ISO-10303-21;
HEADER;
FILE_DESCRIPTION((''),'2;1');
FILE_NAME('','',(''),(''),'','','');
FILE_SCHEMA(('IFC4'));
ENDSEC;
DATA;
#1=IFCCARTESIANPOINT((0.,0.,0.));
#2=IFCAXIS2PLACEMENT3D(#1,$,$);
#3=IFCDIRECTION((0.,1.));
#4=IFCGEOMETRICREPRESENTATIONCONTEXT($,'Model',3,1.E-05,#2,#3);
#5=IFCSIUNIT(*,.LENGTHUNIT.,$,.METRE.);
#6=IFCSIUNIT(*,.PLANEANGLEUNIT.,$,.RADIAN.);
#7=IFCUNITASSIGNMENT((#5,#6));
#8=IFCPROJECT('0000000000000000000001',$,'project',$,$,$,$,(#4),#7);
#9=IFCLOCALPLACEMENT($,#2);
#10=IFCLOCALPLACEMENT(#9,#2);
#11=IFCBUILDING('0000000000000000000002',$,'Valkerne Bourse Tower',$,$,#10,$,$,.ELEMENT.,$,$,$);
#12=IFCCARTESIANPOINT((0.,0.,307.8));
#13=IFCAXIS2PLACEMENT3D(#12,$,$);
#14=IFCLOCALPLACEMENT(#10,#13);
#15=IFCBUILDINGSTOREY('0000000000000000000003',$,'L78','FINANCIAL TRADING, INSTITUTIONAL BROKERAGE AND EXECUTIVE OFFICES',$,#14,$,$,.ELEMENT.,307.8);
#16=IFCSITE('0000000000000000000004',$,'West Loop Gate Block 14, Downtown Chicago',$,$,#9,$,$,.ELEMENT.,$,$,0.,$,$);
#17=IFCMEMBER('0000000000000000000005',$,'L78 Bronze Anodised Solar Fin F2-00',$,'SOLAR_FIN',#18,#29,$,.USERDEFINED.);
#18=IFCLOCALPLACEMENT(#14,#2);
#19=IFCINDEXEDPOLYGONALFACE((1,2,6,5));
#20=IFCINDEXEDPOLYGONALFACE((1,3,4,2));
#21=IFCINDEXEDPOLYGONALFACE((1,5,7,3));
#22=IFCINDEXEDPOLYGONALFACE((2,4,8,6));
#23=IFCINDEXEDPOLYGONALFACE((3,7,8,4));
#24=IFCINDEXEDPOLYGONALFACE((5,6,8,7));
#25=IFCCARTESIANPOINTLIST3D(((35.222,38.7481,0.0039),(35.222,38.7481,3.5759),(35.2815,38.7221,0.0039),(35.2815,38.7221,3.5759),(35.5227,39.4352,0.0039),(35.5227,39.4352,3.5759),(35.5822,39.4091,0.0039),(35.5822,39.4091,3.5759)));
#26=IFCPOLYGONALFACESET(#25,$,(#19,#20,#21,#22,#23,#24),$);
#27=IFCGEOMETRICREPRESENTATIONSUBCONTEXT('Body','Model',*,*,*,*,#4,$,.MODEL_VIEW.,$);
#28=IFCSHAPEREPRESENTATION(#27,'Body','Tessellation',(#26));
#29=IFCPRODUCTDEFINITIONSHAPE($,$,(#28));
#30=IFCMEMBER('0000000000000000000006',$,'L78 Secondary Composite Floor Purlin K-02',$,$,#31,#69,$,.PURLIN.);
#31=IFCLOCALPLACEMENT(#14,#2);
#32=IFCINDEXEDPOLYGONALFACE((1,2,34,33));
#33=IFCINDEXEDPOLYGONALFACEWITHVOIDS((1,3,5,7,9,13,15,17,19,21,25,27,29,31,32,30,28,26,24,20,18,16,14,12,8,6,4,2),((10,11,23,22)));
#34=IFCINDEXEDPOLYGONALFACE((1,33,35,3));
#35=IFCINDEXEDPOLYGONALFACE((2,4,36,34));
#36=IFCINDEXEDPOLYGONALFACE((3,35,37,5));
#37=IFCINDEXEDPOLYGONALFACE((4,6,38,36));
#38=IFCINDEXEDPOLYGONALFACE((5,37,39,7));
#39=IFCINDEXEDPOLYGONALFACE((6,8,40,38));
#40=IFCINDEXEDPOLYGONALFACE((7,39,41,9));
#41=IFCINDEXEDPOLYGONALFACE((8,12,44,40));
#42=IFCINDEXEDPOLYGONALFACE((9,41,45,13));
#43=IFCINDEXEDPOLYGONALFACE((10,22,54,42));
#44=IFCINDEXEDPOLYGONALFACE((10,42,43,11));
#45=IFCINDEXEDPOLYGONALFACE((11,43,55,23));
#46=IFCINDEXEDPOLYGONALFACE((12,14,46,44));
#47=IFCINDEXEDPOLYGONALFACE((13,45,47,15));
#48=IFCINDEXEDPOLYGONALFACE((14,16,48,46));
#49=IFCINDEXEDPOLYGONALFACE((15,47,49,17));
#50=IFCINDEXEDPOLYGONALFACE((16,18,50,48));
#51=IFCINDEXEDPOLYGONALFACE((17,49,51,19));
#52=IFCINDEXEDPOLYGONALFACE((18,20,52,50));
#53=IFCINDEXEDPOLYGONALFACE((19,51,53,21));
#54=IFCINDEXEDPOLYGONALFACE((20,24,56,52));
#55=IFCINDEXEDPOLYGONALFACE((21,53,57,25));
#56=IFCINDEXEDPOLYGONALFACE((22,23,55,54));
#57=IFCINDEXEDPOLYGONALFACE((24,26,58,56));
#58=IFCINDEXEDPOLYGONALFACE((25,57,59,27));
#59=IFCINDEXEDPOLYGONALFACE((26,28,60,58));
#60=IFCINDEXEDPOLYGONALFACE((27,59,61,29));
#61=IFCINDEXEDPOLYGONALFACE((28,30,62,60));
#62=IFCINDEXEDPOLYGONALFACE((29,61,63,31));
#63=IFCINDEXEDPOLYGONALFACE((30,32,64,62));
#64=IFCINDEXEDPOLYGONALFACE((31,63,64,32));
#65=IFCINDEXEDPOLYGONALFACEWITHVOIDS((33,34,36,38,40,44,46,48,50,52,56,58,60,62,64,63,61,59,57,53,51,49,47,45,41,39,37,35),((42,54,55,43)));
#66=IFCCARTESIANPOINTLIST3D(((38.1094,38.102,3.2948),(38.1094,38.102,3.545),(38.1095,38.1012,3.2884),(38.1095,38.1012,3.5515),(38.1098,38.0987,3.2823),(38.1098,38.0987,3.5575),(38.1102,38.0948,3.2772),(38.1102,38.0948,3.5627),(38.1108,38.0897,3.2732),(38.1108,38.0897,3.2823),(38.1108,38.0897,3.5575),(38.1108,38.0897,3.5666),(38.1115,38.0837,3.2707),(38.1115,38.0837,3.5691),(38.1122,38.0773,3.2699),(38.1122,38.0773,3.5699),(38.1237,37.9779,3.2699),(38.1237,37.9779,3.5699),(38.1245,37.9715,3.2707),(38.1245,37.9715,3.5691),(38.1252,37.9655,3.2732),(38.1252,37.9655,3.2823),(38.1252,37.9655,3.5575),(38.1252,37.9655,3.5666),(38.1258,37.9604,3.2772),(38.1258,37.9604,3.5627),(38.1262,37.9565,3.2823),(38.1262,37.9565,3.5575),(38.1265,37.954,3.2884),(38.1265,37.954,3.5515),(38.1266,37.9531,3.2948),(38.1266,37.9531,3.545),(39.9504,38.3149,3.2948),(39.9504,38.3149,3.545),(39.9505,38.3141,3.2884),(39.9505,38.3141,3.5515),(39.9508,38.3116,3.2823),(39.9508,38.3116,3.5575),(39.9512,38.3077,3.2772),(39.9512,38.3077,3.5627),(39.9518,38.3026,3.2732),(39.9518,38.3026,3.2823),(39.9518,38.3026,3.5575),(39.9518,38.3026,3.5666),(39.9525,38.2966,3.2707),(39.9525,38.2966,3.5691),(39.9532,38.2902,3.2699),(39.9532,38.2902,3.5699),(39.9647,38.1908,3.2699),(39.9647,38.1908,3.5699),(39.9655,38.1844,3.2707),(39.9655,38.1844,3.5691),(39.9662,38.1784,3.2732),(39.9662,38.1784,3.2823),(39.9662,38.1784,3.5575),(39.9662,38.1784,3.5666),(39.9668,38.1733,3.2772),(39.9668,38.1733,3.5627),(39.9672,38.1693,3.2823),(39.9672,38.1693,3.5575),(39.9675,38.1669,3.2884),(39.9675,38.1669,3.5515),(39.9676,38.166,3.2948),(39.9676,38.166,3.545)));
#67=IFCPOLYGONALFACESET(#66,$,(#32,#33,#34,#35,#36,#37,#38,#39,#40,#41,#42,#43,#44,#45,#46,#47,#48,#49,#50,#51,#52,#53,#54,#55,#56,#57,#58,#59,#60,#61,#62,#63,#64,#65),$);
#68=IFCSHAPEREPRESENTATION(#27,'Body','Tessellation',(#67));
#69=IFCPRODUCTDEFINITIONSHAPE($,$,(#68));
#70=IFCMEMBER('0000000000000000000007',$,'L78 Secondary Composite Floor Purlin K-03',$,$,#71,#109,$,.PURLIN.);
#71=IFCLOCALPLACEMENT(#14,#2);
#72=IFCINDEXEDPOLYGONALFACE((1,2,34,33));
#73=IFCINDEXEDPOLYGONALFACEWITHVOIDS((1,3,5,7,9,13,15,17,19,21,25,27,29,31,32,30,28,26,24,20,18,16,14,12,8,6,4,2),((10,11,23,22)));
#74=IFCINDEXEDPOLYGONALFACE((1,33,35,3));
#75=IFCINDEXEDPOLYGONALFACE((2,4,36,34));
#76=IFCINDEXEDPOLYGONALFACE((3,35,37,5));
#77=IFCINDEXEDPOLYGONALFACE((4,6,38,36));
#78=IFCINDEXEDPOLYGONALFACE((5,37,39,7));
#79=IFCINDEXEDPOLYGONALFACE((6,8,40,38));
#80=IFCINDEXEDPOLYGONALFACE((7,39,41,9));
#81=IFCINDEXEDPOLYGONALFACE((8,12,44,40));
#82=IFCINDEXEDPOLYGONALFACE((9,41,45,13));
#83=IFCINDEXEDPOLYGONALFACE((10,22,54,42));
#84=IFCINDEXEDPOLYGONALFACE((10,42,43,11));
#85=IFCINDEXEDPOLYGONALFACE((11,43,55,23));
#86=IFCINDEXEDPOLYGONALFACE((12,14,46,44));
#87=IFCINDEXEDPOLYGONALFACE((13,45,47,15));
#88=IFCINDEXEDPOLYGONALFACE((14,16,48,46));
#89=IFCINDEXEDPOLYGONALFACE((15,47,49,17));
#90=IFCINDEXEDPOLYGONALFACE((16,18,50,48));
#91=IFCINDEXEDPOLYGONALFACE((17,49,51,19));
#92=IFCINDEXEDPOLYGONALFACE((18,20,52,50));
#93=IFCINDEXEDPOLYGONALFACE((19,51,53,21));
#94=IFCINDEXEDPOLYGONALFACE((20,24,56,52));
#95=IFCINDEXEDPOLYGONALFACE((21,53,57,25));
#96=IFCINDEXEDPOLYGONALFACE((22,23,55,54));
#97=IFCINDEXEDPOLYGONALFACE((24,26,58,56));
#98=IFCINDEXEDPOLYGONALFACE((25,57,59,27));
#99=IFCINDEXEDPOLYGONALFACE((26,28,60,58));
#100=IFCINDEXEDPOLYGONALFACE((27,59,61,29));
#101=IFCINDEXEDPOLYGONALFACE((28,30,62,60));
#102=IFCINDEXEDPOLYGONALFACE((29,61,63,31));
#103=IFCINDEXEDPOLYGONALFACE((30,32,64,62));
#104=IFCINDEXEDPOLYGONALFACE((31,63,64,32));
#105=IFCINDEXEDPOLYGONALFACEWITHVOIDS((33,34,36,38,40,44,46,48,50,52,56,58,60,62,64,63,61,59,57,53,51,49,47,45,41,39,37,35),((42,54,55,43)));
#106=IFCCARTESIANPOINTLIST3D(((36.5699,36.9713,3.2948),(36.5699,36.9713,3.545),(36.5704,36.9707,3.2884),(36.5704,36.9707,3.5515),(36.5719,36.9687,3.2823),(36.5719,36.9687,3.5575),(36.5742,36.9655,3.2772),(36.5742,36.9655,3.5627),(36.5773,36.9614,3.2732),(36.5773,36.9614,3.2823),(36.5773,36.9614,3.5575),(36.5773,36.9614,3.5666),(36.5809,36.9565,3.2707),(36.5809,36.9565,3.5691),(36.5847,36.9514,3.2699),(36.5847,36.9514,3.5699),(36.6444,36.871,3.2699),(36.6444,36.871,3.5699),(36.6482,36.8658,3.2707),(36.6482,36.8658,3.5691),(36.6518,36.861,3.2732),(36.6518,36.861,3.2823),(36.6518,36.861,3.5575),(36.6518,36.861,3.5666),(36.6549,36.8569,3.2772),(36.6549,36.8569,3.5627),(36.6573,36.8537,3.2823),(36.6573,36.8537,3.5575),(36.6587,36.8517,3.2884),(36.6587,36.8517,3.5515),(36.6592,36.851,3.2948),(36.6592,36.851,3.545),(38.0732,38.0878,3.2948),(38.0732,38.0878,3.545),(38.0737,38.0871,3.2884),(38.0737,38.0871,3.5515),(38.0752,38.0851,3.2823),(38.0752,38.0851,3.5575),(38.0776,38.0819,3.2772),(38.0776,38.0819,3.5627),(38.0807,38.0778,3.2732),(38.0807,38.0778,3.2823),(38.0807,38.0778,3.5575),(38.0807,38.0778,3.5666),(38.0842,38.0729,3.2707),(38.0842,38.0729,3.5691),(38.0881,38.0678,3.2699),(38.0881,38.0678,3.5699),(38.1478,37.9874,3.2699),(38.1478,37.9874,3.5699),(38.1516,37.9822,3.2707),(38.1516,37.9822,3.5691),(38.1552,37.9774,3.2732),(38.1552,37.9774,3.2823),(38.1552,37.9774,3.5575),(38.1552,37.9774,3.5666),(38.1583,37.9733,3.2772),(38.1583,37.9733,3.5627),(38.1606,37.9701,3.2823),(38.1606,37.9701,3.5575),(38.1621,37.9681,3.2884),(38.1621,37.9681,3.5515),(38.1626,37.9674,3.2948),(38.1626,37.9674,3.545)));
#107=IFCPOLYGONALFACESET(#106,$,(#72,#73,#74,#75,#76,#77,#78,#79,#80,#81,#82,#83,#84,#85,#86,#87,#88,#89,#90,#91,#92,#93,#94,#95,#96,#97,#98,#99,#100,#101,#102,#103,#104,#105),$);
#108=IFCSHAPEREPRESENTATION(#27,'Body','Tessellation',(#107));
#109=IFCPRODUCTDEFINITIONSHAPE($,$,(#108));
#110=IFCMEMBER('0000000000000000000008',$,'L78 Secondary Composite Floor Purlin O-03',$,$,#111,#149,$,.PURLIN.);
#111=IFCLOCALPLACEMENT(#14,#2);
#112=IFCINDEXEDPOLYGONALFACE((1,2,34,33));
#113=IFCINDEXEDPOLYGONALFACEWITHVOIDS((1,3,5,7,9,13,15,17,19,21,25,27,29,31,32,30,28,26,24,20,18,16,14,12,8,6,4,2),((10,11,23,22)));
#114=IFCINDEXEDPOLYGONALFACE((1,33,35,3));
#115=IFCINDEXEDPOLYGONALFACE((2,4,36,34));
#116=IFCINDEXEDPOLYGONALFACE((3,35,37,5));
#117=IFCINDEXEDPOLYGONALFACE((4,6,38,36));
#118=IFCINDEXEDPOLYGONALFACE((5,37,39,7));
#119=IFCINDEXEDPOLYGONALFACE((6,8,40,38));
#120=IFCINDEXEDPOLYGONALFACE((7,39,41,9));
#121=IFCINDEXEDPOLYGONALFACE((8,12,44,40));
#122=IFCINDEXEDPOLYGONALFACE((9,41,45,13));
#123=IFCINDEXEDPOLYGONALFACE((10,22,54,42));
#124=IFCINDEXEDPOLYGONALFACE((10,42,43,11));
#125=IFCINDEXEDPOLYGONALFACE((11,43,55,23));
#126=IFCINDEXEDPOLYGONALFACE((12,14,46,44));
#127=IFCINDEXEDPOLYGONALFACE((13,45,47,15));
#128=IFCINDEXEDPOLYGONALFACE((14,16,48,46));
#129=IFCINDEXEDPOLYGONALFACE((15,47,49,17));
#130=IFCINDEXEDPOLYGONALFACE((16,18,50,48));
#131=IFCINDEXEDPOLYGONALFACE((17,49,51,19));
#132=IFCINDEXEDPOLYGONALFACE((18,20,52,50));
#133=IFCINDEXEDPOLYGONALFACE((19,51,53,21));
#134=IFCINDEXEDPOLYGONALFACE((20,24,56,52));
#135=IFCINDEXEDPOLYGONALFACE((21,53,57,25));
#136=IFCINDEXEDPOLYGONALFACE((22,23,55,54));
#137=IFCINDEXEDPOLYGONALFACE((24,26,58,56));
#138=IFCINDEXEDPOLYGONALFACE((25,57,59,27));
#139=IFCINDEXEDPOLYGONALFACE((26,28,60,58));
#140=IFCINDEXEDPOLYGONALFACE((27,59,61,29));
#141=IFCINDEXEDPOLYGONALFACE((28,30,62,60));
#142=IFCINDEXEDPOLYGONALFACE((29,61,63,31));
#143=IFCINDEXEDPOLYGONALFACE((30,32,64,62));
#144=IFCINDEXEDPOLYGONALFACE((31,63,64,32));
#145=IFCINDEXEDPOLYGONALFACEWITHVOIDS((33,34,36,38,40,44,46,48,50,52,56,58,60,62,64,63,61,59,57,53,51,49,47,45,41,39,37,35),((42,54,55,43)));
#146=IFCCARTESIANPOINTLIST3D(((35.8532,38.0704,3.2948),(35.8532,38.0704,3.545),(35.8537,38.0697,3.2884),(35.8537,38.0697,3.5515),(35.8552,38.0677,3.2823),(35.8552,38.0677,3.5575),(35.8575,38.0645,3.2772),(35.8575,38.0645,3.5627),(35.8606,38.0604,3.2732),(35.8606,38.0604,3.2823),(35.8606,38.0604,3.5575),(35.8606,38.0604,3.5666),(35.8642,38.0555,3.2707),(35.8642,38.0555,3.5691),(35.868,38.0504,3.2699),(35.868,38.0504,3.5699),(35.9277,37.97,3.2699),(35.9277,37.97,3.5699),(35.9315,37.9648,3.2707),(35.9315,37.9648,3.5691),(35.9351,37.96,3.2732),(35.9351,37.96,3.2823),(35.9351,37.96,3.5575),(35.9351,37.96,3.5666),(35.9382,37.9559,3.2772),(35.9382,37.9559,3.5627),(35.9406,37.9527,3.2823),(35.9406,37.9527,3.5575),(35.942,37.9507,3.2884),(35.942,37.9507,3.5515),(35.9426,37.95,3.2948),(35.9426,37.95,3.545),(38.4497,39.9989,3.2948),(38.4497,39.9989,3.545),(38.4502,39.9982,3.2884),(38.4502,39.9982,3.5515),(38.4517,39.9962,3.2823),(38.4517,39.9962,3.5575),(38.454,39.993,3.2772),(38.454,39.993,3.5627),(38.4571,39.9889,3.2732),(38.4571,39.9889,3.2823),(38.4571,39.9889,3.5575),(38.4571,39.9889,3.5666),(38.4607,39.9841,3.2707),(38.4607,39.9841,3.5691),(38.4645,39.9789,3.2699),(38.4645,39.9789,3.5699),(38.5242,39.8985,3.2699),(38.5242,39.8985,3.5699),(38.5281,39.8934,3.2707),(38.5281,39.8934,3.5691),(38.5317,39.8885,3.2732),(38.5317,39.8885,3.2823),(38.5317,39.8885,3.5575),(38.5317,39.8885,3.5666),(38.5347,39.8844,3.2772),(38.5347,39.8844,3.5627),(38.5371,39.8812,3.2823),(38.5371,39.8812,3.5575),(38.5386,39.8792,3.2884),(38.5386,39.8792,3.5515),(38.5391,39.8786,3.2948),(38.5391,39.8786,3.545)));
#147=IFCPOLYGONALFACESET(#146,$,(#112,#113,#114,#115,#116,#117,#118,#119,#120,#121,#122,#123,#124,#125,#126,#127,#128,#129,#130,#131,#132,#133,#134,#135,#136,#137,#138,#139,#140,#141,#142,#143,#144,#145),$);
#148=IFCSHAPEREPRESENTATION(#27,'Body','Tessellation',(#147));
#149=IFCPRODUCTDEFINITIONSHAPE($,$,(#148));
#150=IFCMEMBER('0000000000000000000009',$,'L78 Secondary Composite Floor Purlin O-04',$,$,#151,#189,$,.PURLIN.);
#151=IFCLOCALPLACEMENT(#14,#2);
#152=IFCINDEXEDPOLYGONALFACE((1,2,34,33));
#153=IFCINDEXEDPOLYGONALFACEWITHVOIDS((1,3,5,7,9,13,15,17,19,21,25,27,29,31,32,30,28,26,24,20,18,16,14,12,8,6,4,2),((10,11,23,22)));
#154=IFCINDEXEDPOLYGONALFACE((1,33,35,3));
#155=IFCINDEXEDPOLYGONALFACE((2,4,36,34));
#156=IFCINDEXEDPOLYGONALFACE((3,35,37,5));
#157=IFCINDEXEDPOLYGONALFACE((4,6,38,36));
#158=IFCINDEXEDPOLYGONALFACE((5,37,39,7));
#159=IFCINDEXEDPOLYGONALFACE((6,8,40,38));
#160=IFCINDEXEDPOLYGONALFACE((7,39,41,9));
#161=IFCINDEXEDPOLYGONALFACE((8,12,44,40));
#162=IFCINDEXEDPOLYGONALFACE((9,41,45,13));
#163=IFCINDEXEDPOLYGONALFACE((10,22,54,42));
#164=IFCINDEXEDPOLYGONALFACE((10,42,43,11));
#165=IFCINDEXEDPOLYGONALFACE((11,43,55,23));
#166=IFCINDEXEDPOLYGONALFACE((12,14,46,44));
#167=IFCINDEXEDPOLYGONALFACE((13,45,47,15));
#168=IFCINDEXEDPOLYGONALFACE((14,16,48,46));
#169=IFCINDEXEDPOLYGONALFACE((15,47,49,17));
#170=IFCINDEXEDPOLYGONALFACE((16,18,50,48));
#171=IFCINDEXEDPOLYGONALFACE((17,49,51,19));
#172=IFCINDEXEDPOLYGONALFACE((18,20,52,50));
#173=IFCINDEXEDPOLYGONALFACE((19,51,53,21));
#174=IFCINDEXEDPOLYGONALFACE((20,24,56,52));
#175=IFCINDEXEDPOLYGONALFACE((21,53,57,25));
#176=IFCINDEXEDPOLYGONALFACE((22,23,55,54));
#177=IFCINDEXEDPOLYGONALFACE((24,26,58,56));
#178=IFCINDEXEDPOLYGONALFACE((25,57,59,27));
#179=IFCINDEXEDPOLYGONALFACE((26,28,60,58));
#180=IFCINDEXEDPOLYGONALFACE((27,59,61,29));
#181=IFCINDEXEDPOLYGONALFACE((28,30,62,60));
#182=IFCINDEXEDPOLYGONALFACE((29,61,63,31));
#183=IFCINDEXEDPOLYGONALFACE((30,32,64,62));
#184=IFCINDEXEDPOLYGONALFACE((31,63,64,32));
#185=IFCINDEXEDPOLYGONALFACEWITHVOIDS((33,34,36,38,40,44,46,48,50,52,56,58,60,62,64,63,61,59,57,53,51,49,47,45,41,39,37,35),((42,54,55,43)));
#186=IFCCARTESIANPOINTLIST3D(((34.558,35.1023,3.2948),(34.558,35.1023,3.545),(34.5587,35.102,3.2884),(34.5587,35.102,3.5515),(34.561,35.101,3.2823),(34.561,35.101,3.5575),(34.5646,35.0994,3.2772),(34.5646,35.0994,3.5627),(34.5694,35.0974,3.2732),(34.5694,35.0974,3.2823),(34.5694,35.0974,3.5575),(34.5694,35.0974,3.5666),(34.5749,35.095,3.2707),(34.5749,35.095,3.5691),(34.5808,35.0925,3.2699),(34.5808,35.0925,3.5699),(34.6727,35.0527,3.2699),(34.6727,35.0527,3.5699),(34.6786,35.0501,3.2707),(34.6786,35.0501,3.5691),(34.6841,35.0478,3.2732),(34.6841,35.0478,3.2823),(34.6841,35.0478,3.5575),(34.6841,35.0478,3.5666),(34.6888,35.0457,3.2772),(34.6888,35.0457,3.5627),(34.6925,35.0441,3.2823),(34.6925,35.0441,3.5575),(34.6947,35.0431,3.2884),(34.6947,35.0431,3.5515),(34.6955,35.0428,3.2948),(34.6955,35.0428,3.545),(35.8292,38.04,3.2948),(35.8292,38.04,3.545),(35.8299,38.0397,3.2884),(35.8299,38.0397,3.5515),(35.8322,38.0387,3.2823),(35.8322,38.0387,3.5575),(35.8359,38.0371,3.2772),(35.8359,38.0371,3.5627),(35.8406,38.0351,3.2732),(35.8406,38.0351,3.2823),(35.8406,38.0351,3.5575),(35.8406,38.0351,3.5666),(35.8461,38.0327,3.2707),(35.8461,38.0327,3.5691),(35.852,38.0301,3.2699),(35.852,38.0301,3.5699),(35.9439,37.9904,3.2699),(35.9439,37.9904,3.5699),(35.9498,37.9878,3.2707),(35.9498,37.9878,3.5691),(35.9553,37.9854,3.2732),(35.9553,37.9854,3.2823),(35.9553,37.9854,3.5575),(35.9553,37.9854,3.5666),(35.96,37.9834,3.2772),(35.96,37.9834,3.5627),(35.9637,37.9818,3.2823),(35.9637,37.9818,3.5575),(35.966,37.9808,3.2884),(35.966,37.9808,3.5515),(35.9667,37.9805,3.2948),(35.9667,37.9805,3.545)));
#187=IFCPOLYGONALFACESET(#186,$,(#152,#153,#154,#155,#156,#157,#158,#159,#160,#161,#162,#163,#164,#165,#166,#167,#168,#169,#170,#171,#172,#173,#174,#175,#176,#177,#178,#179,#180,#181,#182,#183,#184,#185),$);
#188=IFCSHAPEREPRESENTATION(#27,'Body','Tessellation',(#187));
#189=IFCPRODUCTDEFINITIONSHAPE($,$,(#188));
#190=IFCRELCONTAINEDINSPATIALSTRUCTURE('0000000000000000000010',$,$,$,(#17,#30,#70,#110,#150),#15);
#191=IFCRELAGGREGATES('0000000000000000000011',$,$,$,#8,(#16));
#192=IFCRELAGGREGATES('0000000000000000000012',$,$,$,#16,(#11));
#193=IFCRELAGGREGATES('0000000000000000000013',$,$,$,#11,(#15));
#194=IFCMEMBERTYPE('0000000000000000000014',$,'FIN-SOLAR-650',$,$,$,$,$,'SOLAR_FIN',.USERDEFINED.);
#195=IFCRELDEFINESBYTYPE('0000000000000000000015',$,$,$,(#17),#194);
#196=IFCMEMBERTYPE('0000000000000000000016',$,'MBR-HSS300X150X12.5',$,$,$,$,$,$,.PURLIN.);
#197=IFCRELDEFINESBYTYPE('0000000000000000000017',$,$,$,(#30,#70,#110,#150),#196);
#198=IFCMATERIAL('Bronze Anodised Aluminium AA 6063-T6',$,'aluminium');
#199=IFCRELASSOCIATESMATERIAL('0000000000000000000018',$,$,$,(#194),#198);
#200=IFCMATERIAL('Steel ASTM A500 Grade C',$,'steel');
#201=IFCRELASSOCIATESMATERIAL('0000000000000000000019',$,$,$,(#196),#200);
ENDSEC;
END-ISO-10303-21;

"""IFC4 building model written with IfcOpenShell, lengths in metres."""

from ifc_helpers import new_model, si_unit, direction, frame, origin, origin_2d, place, context, subcontext, project, spatial, rectangle, hollow_rectangle, extrude, material, material_profile, profile_set, type_object, element, save


model = new_model("IFC4")

# Units and contexts
model_context = context("Model", 3, precision=1e-05, world=origin(), true_north=direction((0.0, 1.0)))
body_context = subcontext(model_context, "Body", "Model", "MODEL_VIEW")
ifc_project = project(units=[si_unit("LENGTHUNIT", "METRE"), si_unit("PLANEANGLEUNIT", "RADIAN")], contexts=[model_context])

# Site, building, storey
site_placement = place(None, origin())
site = spatial("IfcSite", under=ifc_project, at=site_placement, Name="West Loop Gate Block 14, Downtown Chicago", CompositionType="ELEMENT", RefElevation=0.0)
building_placement = place(site_placement, origin())
building = spatial("IfcBuilding", under=site, at=building_placement, Name="Valkerne Bourse Tower", CompositionType="ELEMENT")
storey_placement = place(building_placement, frame((0.0, 0.0, 307.8)))
storey = spatial("IfcBuildingStorey", under=building, at=storey_placement, Name="L78", Description="FINANCIAL TRADING, INSTITUTIONAL BROKERAGE AND EXECUTIVE OFFICES", CompositionType="ELEMENT", Elevation=307.8)

# Members
ifc_material_1 = material(Name="Bronze Anodised Aluminium AA 6063-T6", Category="aluminium")
ifc_material_profile_1 = material_profile(ifc_material_1, rectangle(XDim=0.0649, YDim=0.75, at=origin_2d()), Name="FIN-65X750")
ifc_profile_set_1 = profile_set([ifc_material_profile_1], Name="Bronze Anodised Aluminium AA 6063-T6")
member_type_1 = type_object("IfcMemberType", Name="FIN-SOLAR-650", ElementType="SOLAR_FIN", PredefinedType="USERDEFINED", material=ifc_profile_set_1)
member_1_placement = place(storey_placement, frame((35.4021, 39.0786, 0.0039), z_axis=(0.0, 0.0, 1.0), x_axis=(-0.916078, 0.401001, 0.0)))
element("IfcMember", 1, at=member_1_placement, inside=storey, type_object=member_type_1, Name="L78 Bronze Anodised Solar Fin F2-00", ObjectType="SOLAR_FIN", PredefinedType="USERDEFINED", context=body_context, shape_type="SweptSolid", body=[
    extrude(rectangle(XDim=0.0649, YDim=0.75, at=origin_2d()), origin(), (0.0, 0.0, 1.0), 3.572),
])
ifc_material_2 = material(Name="Steel ASTM A500 Grade C", Category="steel")
ifc_material_profile_2 = material_profile(ifc_material_2, hollow_rectangle(XDim=0.1499, YDim=0.3, WallThickness=0.0125, OuterFilletRadius=0.0249, at=origin_2d()), Name="HSS300X150X12.5")
ifc_profile_set_2 = profile_set([ifc_material_profile_2], Name="Steel ASTM A500 Grade C")
member_type_2 = type_object("IfcMemberType", Name="MBR-HSS300X150X12.5", PredefinedType="PURLIN", material=ifc_profile_set_2)
member_2_placement = place(storey_placement, frame((39.959, 38.2405, 3.4199), z_axis=(-0.993381, -0.114869, 0.0), x_axis=(0.114869, -0.993381, 0.0)))
element("IfcMember", 2, at=member_2_placement, inside=storey, type_object=member_type_2, Name="L78 Secondary Composite Floor Purlin K-02", PredefinedType="PURLIN", context=body_context, shape_type="SweptSolid", body=[
    extrude(hollow_rectangle(XDim=0.1499, YDim=0.3, WallThickness=0.0125, OuterFilletRadius=0.0249, at=origin_2d()), origin(), (0.0, 0.0, 1.0), 1.8533),
])
member_3_placement = place(storey_placement, frame((38.1179, 38.0276, 3.4199), z_axis=(-0.802838, -0.596197, 0.0), x_axis=(0.596197, -0.802838, 0.0)))
element("IfcMember", 3, at=member_3_placement, inside=storey, type_object=member_type_2, Name="L78 Secondary Composite Floor Purlin K-03", PredefinedType="PURLIN", context=body_context, shape_type="SweptSolid", body=[
    extrude(hollow_rectangle(XDim=0.1499, YDim=0.3, WallThickness=0.0125, OuterFilletRadius=0.0249, at=origin_2d()), origin(), (0.0, 0.0, 1.0), 1.8726),
])
member_4_placement = place(storey_placement, frame((38.4944, 39.9387, 3.4199), z_axis=(-0.80279, -0.596261, 0.0), x_axis=(0.596261, -0.80279, 0.0)))
element("IfcMember", 4, at=member_4_placement, inside=storey, type_object=member_type_2, Name="L78 Secondary Composite Floor Purlin O-03", PredefinedType="PURLIN", context=body_context, shape_type="SweptSolid", body=[
    extrude(hollow_rectangle(XDim=0.1499, YDim=0.3, WallThickness=0.0125, OuterFilletRadius=0.0249, at=origin_2d()), origin(), (0.0, 0.0, 1.0), 3.2344),
])
member_5_placement = place(storey_placement, frame((35.8979, 38.0103, 3.4199), z_axis=(-0.397139, -0.917759, 0.0), x_axis=(0.917759, -0.397139, 0.0)))
element("IfcMember", 5, at=member_5_placement, inside=storey, type_object=member_type_2, Name="L78 Secondary Composite Floor Purlin O-04", PredefinedType="PURLIN", context=body_context, shape_type="SweptSolid", body=[
    extrude(hollow_rectangle(XDim=0.1499, YDim=0.3, WallThickness=0.0125, OuterFilletRadius=0.0249, at=origin_2d()), origin(), (0.0, 0.0, 1.0), 3.2009),
])

save(model, "model.ifc")
